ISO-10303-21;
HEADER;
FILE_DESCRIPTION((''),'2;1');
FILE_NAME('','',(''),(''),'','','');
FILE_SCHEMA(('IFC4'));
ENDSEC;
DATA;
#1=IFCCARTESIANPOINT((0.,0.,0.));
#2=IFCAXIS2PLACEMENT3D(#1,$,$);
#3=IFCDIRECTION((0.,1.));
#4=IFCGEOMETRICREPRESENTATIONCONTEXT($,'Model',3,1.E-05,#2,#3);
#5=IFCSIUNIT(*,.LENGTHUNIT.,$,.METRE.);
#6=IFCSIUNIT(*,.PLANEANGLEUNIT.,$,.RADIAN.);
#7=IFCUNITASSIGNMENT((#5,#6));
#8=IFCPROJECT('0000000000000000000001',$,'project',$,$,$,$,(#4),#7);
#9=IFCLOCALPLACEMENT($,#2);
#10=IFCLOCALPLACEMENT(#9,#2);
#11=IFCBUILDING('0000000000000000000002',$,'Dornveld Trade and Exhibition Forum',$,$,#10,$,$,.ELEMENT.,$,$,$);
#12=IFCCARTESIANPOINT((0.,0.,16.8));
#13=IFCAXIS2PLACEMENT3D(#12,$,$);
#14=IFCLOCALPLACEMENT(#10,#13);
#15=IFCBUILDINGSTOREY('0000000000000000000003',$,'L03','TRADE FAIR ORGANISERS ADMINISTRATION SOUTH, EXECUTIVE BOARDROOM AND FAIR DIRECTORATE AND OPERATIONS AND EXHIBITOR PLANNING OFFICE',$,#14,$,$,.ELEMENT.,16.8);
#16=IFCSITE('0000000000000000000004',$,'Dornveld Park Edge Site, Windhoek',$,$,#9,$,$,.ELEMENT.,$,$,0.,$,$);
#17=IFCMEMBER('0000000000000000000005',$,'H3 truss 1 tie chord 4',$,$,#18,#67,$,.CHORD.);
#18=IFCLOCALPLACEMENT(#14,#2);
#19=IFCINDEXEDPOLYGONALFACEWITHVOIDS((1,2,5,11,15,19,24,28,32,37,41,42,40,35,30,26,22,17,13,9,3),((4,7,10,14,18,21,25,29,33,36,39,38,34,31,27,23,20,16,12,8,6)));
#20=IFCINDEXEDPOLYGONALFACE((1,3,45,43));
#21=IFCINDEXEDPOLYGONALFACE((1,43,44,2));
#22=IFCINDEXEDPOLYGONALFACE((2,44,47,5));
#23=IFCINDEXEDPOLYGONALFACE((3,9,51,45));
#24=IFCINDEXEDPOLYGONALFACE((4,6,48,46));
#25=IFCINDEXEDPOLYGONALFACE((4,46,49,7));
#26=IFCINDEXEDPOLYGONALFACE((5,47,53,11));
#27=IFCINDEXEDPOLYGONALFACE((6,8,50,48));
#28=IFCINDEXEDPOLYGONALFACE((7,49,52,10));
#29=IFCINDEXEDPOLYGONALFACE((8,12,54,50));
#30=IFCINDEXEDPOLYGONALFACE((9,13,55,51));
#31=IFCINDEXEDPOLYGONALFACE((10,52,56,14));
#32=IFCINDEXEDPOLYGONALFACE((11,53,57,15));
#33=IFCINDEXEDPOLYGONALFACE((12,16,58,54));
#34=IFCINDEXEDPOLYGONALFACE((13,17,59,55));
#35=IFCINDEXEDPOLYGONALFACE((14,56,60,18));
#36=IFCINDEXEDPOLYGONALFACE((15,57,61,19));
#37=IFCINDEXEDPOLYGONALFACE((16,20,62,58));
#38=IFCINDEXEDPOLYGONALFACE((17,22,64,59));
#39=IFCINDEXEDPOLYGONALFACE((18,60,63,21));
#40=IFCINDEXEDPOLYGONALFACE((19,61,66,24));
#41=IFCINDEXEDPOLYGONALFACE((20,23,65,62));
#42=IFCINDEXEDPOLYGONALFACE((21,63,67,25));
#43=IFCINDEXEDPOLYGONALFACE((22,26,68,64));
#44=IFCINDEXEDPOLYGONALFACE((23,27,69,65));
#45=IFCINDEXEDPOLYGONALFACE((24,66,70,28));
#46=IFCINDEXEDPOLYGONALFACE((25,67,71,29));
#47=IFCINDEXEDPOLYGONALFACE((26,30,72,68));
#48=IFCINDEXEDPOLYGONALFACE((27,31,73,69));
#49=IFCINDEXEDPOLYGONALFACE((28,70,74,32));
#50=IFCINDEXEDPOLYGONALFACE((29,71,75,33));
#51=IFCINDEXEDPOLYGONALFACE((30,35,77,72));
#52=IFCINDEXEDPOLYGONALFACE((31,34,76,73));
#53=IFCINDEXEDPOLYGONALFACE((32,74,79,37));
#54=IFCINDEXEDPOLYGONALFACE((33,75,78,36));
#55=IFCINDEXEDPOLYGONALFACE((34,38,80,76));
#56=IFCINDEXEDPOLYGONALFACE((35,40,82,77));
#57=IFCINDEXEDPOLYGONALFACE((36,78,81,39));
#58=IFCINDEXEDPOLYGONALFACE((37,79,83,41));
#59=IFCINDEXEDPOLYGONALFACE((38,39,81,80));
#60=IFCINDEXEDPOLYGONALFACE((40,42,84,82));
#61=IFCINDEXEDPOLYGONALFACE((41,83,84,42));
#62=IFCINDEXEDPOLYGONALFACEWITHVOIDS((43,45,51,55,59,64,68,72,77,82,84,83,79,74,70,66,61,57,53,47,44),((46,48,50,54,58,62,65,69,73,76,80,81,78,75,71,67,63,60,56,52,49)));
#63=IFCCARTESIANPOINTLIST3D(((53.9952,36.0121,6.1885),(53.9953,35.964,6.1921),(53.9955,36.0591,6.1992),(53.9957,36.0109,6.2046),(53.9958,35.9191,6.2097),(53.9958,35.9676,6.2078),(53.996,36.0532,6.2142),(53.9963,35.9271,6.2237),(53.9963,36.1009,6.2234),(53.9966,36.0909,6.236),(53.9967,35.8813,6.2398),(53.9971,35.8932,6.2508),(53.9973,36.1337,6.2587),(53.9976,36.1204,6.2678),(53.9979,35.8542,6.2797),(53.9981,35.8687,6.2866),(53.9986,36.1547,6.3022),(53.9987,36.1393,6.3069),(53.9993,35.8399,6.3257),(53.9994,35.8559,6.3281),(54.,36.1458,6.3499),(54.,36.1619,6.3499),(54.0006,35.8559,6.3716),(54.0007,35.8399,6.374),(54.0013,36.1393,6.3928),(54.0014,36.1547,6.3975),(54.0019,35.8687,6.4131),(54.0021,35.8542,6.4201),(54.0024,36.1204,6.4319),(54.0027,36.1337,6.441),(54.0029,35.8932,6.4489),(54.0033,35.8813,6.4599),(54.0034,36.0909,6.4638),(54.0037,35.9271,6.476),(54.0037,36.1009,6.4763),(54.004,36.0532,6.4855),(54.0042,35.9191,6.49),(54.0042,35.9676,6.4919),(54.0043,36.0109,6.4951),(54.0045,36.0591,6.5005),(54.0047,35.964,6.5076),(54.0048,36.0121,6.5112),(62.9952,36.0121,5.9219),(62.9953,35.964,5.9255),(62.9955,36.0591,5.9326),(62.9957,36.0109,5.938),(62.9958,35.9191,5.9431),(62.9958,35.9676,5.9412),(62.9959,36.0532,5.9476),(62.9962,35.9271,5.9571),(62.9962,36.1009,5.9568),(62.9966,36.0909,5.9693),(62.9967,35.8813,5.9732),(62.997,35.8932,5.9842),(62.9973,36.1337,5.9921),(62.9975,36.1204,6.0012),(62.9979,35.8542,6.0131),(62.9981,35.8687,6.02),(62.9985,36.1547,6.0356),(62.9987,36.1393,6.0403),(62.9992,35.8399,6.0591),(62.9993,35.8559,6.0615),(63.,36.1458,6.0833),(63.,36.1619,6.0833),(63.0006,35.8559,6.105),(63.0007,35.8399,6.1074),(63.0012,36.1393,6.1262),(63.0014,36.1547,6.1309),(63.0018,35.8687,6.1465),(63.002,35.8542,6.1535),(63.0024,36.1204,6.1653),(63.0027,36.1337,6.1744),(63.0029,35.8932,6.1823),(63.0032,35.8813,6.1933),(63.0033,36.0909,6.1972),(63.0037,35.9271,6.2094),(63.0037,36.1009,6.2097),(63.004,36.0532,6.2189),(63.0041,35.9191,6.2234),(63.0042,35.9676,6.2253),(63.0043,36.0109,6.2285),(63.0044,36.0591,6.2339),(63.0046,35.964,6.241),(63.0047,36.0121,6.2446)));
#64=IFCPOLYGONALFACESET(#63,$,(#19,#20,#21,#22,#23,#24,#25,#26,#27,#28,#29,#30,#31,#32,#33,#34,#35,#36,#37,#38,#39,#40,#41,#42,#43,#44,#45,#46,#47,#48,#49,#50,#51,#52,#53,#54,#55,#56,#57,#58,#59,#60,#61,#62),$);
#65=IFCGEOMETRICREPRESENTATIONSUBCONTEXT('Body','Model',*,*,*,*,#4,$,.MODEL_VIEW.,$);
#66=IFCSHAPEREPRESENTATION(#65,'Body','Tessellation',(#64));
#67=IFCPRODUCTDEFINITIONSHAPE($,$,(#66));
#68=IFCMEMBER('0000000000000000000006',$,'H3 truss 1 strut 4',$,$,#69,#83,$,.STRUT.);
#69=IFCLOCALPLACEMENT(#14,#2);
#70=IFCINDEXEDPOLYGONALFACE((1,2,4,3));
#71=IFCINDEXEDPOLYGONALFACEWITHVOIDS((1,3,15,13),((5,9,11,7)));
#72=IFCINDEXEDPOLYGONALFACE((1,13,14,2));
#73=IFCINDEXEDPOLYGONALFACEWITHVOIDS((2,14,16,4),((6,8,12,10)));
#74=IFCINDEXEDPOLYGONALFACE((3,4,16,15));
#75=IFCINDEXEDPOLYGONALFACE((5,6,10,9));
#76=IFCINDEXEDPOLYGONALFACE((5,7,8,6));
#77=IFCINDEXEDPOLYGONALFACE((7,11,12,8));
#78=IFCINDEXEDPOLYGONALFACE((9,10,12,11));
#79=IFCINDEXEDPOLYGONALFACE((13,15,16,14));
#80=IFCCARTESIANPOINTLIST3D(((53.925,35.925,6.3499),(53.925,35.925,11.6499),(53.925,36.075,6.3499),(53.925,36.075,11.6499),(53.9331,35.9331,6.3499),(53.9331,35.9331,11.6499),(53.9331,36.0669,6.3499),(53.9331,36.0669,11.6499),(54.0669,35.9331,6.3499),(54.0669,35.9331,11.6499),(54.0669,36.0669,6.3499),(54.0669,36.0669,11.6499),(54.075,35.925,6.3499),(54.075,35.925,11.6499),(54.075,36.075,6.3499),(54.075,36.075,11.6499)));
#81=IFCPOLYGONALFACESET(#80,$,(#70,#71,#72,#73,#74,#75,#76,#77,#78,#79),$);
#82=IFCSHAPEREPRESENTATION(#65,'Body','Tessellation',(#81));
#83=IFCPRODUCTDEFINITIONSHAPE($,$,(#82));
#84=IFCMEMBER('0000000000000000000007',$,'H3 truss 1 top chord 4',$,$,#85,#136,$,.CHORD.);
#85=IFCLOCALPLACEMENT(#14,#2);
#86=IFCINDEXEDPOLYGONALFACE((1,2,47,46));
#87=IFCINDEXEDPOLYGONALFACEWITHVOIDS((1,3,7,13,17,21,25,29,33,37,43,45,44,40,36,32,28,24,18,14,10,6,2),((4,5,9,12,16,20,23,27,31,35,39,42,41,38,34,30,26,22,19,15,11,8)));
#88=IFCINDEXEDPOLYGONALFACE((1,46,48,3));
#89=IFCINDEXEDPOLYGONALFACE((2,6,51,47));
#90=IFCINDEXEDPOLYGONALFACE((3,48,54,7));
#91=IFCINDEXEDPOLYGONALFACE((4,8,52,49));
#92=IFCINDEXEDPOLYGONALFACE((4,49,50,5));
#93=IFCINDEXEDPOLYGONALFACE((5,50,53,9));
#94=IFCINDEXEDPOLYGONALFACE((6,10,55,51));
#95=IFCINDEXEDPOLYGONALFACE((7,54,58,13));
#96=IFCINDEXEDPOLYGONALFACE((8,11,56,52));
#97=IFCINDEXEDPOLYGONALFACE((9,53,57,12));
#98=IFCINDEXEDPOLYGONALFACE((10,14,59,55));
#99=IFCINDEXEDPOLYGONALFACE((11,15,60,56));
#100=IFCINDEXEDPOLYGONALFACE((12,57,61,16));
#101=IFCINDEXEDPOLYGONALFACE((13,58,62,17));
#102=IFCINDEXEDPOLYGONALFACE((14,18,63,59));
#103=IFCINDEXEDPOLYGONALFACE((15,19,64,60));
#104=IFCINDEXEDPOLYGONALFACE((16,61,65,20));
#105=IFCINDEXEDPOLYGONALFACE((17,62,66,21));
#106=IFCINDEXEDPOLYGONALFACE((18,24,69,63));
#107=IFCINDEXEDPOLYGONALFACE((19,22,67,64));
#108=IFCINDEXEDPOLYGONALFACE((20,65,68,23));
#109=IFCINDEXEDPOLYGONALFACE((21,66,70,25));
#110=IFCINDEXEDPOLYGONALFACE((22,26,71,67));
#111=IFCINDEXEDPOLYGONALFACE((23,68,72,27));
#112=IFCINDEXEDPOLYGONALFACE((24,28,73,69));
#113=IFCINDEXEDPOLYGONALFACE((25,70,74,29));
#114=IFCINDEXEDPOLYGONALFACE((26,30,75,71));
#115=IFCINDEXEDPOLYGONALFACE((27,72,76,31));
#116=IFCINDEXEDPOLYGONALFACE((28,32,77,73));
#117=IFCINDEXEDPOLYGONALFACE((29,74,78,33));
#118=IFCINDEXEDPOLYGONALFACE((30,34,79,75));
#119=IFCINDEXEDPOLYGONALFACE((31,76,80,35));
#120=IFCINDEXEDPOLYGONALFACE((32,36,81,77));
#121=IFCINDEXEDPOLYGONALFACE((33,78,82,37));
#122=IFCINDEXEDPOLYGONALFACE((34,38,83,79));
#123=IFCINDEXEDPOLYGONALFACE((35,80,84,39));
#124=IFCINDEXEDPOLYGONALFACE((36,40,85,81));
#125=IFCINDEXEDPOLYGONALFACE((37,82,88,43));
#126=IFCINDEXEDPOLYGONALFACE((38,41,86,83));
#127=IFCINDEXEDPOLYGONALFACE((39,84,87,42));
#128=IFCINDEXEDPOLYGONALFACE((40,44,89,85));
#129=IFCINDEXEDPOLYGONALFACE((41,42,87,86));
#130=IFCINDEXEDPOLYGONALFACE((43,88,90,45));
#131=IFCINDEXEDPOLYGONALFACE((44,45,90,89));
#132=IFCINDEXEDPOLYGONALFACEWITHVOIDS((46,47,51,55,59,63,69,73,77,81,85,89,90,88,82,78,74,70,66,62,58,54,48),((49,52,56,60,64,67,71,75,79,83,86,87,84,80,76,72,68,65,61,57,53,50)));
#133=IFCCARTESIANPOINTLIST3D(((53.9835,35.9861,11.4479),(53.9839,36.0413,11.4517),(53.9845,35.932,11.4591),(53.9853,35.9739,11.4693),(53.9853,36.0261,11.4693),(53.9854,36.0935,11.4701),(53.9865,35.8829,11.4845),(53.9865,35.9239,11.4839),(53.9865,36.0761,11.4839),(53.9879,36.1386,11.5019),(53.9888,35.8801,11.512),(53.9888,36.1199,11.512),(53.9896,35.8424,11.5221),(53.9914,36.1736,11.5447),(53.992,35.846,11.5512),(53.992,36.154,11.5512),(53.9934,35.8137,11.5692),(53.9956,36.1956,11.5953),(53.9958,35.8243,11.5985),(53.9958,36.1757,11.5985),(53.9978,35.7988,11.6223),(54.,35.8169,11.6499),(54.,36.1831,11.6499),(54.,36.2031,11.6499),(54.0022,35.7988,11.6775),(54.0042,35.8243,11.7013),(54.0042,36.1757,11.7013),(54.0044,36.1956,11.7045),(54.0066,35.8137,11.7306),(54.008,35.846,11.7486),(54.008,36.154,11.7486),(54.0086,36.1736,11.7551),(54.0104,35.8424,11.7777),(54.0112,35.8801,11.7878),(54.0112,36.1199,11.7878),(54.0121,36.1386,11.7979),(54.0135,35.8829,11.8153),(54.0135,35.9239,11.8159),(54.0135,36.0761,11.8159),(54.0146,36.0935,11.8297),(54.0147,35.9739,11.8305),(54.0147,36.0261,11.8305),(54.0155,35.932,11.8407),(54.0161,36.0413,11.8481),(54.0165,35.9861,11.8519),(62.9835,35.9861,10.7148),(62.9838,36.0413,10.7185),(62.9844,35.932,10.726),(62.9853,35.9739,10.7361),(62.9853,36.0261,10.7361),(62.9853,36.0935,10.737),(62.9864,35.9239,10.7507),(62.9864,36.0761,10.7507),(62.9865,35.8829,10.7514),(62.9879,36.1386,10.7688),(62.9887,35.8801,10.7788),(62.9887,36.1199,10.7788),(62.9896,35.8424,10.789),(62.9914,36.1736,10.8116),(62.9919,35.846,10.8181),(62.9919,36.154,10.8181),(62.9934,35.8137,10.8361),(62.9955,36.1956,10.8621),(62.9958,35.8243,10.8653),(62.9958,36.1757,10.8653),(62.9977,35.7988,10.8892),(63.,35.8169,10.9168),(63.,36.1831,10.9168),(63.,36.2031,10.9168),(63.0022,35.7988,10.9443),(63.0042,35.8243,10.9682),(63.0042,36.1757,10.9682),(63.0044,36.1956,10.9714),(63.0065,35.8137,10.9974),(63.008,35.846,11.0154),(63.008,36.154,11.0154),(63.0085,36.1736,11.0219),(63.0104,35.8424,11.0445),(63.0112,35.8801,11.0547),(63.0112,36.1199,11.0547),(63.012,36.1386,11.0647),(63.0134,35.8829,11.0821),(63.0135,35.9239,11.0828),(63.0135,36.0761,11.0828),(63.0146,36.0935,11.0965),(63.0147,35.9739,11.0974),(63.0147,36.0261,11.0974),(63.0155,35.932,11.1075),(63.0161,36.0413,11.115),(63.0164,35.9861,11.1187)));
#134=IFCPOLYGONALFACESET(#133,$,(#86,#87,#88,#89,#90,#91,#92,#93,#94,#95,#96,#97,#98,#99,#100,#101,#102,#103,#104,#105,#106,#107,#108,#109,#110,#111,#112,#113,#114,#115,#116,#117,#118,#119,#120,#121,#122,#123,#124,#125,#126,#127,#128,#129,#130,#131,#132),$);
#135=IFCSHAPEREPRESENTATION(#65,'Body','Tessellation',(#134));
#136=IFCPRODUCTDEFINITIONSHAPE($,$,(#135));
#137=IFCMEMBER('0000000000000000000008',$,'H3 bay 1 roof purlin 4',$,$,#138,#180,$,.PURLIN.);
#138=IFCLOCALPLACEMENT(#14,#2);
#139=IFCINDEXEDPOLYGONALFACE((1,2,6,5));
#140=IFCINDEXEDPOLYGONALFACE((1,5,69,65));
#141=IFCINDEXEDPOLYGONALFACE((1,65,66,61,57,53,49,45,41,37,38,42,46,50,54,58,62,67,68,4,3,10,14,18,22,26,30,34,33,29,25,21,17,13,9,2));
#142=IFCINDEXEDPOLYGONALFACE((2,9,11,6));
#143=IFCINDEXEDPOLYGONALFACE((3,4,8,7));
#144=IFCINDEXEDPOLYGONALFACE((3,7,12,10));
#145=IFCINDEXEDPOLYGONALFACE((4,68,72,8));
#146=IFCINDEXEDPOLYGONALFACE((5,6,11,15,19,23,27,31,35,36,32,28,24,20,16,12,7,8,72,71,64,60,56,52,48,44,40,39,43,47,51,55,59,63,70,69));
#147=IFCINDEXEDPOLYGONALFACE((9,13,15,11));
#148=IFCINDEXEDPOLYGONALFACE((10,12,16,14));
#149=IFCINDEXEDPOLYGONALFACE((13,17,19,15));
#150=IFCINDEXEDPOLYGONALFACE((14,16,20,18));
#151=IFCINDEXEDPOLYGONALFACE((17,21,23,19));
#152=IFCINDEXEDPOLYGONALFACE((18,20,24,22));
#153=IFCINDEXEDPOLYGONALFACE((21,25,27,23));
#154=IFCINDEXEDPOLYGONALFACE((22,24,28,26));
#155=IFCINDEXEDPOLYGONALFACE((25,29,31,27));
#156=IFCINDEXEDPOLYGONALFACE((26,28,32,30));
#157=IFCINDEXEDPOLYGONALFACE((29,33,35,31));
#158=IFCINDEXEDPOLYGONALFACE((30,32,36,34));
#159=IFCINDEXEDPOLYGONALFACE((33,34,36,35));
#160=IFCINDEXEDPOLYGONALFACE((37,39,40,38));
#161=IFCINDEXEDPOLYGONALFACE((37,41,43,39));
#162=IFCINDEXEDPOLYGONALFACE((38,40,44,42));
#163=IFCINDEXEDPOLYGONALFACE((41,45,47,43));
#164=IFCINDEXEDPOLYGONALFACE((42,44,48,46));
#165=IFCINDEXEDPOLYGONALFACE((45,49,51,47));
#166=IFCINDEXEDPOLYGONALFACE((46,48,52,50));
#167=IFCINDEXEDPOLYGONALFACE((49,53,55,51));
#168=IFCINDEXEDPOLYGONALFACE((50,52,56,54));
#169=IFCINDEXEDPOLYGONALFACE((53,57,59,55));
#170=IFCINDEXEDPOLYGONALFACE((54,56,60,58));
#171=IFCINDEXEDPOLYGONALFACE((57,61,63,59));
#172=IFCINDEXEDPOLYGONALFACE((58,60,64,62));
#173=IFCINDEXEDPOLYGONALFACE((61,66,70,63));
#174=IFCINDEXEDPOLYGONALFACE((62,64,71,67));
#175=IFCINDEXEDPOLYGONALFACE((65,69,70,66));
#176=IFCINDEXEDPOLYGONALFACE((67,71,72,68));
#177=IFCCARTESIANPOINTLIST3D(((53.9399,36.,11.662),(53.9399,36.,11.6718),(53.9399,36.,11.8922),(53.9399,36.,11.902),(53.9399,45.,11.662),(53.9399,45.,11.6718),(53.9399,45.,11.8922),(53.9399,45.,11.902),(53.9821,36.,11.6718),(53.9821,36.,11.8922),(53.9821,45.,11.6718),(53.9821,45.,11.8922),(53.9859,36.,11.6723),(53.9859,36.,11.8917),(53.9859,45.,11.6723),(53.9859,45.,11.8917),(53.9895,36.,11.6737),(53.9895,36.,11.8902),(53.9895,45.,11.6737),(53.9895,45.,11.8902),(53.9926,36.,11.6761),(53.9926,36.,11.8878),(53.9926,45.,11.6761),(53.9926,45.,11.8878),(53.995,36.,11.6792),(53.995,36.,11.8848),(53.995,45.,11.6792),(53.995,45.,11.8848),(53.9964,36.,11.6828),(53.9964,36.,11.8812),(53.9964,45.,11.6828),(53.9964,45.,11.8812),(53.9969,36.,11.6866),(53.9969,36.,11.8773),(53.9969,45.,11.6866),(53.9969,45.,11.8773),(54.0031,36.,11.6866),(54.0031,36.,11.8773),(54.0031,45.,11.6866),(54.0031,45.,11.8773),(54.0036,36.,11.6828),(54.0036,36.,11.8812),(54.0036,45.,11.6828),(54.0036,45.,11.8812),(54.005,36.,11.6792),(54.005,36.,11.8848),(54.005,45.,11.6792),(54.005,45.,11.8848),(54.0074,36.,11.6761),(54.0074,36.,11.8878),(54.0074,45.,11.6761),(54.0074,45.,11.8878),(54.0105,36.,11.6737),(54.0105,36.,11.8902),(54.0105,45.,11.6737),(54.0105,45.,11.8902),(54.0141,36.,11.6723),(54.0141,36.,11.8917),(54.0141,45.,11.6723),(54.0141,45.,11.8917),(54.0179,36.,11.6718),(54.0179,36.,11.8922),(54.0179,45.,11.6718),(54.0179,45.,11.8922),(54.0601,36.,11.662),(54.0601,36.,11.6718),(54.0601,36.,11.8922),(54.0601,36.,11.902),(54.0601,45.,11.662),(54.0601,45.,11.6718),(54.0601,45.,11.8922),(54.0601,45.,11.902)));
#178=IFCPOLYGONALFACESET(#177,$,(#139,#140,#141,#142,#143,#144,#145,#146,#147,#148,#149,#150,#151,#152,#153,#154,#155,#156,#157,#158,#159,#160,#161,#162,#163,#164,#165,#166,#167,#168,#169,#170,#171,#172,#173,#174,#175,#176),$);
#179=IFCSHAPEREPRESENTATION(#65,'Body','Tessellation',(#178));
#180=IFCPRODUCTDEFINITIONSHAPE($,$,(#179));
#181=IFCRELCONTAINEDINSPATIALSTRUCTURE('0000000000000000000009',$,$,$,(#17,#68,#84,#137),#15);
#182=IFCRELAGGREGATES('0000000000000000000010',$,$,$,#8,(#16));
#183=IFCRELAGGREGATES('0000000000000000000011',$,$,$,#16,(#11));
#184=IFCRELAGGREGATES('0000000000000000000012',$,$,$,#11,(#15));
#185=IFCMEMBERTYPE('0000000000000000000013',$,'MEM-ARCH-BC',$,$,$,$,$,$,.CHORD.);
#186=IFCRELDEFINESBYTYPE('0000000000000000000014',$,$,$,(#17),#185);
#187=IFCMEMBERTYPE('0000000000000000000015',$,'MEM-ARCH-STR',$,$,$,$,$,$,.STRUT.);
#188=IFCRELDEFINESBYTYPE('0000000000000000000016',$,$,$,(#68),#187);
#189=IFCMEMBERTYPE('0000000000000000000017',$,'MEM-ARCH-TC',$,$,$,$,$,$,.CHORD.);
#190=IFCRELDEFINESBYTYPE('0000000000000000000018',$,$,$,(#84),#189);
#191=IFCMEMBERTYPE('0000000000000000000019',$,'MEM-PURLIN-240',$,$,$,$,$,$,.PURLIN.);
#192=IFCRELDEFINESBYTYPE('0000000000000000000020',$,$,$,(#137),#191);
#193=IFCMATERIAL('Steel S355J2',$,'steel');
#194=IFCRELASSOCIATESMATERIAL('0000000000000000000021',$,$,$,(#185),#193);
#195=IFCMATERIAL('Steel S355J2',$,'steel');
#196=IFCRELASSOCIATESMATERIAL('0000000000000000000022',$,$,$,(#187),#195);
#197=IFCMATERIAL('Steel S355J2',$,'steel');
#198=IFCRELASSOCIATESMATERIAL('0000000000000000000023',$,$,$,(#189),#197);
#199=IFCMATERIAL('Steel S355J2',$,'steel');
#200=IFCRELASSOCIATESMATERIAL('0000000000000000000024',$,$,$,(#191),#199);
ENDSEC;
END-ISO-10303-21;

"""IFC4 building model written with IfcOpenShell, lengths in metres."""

from ifc_helpers import new_model, si_unit, direction, frame, origin, origin_2d, place, context, subcontext, project, spatial, hollow_rectangle, hollow_circle, i_section, extrude, material, material_profile, profile_set, type_object, element, save


model = new_model("IFC4")

# Units and contexts
model_context = context("Model", 3, precision=1e-05, world=origin(), true_north=direction((0.0, 1.0)))
body_context = subcontext(model_context, "Body", "Model", "MODEL_VIEW")
ifc_project = project(units=[si_unit("LENGTHUNIT", "METRE"), si_unit("PLANEANGLEUNIT", "RADIAN")], contexts=[model_context])

# Site, building, storey
site_placement = place(None, origin())
site = spatial("IfcSite", under=ifc_project, at=site_placement, Name="Dornveld Park Edge Site, Windhoek", CompositionType="ELEMENT", RefElevation=0.0)
building_placement = place(site_placement, origin())
building = spatial("IfcBuilding", under=site, at=building_placement, Name="Dornveld Trade and Exhibition Forum", CompositionType="ELEMENT")
storey_placement = place(building_placement, frame((0.0, 0.0, 16.8)))
storey = spatial("IfcBuildingStorey", under=building, at=storey_placement, Name="L03", Description="TRADE FAIR ORGANISERS ADMINISTRATION SOUTH, EXECUTIVE BOARDROOM AND FAIR DIRECTORATE AND OPERATIONS AND EXHIBITOR PLANNING OFFICE", CompositionType="ELEMENT", Elevation=16.8)

# Members
ifc_material_1 = material(Name="Steel S355J2", Category="steel")
ifc_material_profile_1 = material_profile(ifc_material_1, hollow_circle(Radius=0.1619, WallThickness=0.0161, at=origin_2d()), Name="CHS 323.9x16")
ifc_profile_set_1 = profile_set([ifc_material_profile_1], Name="Steel S355J2")
member_type_1 = type_object("IfcMemberType", Name="MEM-ARCH-BC", PredefinedType="CHORD", material=ifc_profile_set_1)
member_1_placement = place(storey_placement, frame((54.0, 36.0, 6.3499), z_axis=(0.999562, 0.0, -0.029609), x_axis=(0.0, 1.0, 0.0)))
element("IfcMember", 1, at=member_1_placement, inside=storey, type_object=member_type_1, Name="H3 truss 1 tie chord 4", PredefinedType="CHORD", context=body_context, shape_type="SweptSolid", body=[
    extrude(hollow_circle(Radius=0.1619, WallThickness=0.0161, at=origin_2d()), origin(), (0.0, 0.0, 1.0), 9.0039),
])
ifc_material_2 = material(Name="Steel S355J2", Category="steel")
ifc_material_profile_2 = material_profile(ifc_material_2, hollow_rectangle(XDim=0.1499, YDim=0.1499, WallThickness=0.0081, at=origin_2d()), Name="SHS 150x150x8")
ifc_profile_set_2 = profile_set([ifc_material_profile_2], Name="Steel S355J2")
member_type_2 = type_object("IfcMemberType", Name="MEM-ARCH-STR", PredefinedType="STRUT", material=ifc_profile_set_2)
member_2_placement = place(storey_placement, frame((54.0, 36.0, 6.3499), z_axis=(0.0, 0.0, 1.0), x_axis=(1.0, 0.0, 0.0)))
element("IfcMember", 2, at=member_2_placement, inside=storey, type_object=member_type_2, Name="H3 truss 1 strut 4", PredefinedType="STRUT", context=body_context, shape_type="SweptSolid", body=[
    extrude(hollow_rectangle(XDim=0.1499, YDim=0.1499, WallThickness=0.0081, at=origin_2d()), origin(), (0.0, 0.0, 1.0), 5.3),
])
ifc_material_3 = material(Name="Steel S355J2", Category="steel")
ifc_material_profile_3 = material_profile(ifc_material_3, hollow_circle(Radius=0.2031, WallThickness=0.02, at=origin_2d()), Name="CHS 406.4x20")
ifc_profile_set_3 = profile_set([ifc_material_profile_3], Name="Steel S355J2")
member_type_3 = type_object("IfcMemberType", Name="MEM-ARCH-TC", PredefinedType="CHORD", material=ifc_profile_set_3)
member_3_placement = place(storey_placement, frame((54.0, 36.0, 11.6499), z_axis=(0.996698, 0.0, -0.081193), x_axis=(0.0, 1.0, 0.0)))
element("IfcMember", 3, at=member_3_placement, inside=storey, type_object=member_type_3, Name="H3 truss 1 top chord 4", PredefinedType="CHORD", context=body_context, shape_type="SweptSolid", body=[
    extrude(hollow_circle(Radius=0.2031, WallThickness=0.02, at=origin_2d()), origin(), (0.0, 0.0, 1.0), 9.0298),
])
ifc_material_4 = material(Name="Steel S355J2", Category="steel")
ifc_material_profile_4 = material_profile(ifc_material_4, i_section(OverallWidth=0.1201, OverallDepth=0.24, WebThickness=0.0061, FlangeThickness=0.0098, FilletRadius=0.0149, at=origin_2d()), Name="IPE 240")
ifc_profile_set_4 = profile_set([ifc_material_profile_4], Name="Steel S355J2")
member_type_4 = type_object("IfcMemberType", Name="MEM-PURLIN-240", PredefinedType="PURLIN", material=ifc_profile_set_4)
member_4_placement = place(storey_placement, frame((54.0, 36.0, 11.782), z_axis=(0.0, 1.0, 0.0), x_axis=(-1.0, 0.0, 0.0)))
element("IfcMember", 4, at=member_4_placement, inside=storey, type_object=member_type_4, Name="H3 bay 1 roof purlin 4", PredefinedType="PURLIN", context=body_context, shape_type="SweptSolid", body=[
    extrude(i_section(OverallWidth=0.1201, OverallDepth=0.24, WebThickness=0.0061, FlangeThickness=0.0098, FilletRadius=0.0149, at=origin_2d()), origin(), (0.0, 0.0, 1.0), 9.0),
])

save(model, "model.ifc")
